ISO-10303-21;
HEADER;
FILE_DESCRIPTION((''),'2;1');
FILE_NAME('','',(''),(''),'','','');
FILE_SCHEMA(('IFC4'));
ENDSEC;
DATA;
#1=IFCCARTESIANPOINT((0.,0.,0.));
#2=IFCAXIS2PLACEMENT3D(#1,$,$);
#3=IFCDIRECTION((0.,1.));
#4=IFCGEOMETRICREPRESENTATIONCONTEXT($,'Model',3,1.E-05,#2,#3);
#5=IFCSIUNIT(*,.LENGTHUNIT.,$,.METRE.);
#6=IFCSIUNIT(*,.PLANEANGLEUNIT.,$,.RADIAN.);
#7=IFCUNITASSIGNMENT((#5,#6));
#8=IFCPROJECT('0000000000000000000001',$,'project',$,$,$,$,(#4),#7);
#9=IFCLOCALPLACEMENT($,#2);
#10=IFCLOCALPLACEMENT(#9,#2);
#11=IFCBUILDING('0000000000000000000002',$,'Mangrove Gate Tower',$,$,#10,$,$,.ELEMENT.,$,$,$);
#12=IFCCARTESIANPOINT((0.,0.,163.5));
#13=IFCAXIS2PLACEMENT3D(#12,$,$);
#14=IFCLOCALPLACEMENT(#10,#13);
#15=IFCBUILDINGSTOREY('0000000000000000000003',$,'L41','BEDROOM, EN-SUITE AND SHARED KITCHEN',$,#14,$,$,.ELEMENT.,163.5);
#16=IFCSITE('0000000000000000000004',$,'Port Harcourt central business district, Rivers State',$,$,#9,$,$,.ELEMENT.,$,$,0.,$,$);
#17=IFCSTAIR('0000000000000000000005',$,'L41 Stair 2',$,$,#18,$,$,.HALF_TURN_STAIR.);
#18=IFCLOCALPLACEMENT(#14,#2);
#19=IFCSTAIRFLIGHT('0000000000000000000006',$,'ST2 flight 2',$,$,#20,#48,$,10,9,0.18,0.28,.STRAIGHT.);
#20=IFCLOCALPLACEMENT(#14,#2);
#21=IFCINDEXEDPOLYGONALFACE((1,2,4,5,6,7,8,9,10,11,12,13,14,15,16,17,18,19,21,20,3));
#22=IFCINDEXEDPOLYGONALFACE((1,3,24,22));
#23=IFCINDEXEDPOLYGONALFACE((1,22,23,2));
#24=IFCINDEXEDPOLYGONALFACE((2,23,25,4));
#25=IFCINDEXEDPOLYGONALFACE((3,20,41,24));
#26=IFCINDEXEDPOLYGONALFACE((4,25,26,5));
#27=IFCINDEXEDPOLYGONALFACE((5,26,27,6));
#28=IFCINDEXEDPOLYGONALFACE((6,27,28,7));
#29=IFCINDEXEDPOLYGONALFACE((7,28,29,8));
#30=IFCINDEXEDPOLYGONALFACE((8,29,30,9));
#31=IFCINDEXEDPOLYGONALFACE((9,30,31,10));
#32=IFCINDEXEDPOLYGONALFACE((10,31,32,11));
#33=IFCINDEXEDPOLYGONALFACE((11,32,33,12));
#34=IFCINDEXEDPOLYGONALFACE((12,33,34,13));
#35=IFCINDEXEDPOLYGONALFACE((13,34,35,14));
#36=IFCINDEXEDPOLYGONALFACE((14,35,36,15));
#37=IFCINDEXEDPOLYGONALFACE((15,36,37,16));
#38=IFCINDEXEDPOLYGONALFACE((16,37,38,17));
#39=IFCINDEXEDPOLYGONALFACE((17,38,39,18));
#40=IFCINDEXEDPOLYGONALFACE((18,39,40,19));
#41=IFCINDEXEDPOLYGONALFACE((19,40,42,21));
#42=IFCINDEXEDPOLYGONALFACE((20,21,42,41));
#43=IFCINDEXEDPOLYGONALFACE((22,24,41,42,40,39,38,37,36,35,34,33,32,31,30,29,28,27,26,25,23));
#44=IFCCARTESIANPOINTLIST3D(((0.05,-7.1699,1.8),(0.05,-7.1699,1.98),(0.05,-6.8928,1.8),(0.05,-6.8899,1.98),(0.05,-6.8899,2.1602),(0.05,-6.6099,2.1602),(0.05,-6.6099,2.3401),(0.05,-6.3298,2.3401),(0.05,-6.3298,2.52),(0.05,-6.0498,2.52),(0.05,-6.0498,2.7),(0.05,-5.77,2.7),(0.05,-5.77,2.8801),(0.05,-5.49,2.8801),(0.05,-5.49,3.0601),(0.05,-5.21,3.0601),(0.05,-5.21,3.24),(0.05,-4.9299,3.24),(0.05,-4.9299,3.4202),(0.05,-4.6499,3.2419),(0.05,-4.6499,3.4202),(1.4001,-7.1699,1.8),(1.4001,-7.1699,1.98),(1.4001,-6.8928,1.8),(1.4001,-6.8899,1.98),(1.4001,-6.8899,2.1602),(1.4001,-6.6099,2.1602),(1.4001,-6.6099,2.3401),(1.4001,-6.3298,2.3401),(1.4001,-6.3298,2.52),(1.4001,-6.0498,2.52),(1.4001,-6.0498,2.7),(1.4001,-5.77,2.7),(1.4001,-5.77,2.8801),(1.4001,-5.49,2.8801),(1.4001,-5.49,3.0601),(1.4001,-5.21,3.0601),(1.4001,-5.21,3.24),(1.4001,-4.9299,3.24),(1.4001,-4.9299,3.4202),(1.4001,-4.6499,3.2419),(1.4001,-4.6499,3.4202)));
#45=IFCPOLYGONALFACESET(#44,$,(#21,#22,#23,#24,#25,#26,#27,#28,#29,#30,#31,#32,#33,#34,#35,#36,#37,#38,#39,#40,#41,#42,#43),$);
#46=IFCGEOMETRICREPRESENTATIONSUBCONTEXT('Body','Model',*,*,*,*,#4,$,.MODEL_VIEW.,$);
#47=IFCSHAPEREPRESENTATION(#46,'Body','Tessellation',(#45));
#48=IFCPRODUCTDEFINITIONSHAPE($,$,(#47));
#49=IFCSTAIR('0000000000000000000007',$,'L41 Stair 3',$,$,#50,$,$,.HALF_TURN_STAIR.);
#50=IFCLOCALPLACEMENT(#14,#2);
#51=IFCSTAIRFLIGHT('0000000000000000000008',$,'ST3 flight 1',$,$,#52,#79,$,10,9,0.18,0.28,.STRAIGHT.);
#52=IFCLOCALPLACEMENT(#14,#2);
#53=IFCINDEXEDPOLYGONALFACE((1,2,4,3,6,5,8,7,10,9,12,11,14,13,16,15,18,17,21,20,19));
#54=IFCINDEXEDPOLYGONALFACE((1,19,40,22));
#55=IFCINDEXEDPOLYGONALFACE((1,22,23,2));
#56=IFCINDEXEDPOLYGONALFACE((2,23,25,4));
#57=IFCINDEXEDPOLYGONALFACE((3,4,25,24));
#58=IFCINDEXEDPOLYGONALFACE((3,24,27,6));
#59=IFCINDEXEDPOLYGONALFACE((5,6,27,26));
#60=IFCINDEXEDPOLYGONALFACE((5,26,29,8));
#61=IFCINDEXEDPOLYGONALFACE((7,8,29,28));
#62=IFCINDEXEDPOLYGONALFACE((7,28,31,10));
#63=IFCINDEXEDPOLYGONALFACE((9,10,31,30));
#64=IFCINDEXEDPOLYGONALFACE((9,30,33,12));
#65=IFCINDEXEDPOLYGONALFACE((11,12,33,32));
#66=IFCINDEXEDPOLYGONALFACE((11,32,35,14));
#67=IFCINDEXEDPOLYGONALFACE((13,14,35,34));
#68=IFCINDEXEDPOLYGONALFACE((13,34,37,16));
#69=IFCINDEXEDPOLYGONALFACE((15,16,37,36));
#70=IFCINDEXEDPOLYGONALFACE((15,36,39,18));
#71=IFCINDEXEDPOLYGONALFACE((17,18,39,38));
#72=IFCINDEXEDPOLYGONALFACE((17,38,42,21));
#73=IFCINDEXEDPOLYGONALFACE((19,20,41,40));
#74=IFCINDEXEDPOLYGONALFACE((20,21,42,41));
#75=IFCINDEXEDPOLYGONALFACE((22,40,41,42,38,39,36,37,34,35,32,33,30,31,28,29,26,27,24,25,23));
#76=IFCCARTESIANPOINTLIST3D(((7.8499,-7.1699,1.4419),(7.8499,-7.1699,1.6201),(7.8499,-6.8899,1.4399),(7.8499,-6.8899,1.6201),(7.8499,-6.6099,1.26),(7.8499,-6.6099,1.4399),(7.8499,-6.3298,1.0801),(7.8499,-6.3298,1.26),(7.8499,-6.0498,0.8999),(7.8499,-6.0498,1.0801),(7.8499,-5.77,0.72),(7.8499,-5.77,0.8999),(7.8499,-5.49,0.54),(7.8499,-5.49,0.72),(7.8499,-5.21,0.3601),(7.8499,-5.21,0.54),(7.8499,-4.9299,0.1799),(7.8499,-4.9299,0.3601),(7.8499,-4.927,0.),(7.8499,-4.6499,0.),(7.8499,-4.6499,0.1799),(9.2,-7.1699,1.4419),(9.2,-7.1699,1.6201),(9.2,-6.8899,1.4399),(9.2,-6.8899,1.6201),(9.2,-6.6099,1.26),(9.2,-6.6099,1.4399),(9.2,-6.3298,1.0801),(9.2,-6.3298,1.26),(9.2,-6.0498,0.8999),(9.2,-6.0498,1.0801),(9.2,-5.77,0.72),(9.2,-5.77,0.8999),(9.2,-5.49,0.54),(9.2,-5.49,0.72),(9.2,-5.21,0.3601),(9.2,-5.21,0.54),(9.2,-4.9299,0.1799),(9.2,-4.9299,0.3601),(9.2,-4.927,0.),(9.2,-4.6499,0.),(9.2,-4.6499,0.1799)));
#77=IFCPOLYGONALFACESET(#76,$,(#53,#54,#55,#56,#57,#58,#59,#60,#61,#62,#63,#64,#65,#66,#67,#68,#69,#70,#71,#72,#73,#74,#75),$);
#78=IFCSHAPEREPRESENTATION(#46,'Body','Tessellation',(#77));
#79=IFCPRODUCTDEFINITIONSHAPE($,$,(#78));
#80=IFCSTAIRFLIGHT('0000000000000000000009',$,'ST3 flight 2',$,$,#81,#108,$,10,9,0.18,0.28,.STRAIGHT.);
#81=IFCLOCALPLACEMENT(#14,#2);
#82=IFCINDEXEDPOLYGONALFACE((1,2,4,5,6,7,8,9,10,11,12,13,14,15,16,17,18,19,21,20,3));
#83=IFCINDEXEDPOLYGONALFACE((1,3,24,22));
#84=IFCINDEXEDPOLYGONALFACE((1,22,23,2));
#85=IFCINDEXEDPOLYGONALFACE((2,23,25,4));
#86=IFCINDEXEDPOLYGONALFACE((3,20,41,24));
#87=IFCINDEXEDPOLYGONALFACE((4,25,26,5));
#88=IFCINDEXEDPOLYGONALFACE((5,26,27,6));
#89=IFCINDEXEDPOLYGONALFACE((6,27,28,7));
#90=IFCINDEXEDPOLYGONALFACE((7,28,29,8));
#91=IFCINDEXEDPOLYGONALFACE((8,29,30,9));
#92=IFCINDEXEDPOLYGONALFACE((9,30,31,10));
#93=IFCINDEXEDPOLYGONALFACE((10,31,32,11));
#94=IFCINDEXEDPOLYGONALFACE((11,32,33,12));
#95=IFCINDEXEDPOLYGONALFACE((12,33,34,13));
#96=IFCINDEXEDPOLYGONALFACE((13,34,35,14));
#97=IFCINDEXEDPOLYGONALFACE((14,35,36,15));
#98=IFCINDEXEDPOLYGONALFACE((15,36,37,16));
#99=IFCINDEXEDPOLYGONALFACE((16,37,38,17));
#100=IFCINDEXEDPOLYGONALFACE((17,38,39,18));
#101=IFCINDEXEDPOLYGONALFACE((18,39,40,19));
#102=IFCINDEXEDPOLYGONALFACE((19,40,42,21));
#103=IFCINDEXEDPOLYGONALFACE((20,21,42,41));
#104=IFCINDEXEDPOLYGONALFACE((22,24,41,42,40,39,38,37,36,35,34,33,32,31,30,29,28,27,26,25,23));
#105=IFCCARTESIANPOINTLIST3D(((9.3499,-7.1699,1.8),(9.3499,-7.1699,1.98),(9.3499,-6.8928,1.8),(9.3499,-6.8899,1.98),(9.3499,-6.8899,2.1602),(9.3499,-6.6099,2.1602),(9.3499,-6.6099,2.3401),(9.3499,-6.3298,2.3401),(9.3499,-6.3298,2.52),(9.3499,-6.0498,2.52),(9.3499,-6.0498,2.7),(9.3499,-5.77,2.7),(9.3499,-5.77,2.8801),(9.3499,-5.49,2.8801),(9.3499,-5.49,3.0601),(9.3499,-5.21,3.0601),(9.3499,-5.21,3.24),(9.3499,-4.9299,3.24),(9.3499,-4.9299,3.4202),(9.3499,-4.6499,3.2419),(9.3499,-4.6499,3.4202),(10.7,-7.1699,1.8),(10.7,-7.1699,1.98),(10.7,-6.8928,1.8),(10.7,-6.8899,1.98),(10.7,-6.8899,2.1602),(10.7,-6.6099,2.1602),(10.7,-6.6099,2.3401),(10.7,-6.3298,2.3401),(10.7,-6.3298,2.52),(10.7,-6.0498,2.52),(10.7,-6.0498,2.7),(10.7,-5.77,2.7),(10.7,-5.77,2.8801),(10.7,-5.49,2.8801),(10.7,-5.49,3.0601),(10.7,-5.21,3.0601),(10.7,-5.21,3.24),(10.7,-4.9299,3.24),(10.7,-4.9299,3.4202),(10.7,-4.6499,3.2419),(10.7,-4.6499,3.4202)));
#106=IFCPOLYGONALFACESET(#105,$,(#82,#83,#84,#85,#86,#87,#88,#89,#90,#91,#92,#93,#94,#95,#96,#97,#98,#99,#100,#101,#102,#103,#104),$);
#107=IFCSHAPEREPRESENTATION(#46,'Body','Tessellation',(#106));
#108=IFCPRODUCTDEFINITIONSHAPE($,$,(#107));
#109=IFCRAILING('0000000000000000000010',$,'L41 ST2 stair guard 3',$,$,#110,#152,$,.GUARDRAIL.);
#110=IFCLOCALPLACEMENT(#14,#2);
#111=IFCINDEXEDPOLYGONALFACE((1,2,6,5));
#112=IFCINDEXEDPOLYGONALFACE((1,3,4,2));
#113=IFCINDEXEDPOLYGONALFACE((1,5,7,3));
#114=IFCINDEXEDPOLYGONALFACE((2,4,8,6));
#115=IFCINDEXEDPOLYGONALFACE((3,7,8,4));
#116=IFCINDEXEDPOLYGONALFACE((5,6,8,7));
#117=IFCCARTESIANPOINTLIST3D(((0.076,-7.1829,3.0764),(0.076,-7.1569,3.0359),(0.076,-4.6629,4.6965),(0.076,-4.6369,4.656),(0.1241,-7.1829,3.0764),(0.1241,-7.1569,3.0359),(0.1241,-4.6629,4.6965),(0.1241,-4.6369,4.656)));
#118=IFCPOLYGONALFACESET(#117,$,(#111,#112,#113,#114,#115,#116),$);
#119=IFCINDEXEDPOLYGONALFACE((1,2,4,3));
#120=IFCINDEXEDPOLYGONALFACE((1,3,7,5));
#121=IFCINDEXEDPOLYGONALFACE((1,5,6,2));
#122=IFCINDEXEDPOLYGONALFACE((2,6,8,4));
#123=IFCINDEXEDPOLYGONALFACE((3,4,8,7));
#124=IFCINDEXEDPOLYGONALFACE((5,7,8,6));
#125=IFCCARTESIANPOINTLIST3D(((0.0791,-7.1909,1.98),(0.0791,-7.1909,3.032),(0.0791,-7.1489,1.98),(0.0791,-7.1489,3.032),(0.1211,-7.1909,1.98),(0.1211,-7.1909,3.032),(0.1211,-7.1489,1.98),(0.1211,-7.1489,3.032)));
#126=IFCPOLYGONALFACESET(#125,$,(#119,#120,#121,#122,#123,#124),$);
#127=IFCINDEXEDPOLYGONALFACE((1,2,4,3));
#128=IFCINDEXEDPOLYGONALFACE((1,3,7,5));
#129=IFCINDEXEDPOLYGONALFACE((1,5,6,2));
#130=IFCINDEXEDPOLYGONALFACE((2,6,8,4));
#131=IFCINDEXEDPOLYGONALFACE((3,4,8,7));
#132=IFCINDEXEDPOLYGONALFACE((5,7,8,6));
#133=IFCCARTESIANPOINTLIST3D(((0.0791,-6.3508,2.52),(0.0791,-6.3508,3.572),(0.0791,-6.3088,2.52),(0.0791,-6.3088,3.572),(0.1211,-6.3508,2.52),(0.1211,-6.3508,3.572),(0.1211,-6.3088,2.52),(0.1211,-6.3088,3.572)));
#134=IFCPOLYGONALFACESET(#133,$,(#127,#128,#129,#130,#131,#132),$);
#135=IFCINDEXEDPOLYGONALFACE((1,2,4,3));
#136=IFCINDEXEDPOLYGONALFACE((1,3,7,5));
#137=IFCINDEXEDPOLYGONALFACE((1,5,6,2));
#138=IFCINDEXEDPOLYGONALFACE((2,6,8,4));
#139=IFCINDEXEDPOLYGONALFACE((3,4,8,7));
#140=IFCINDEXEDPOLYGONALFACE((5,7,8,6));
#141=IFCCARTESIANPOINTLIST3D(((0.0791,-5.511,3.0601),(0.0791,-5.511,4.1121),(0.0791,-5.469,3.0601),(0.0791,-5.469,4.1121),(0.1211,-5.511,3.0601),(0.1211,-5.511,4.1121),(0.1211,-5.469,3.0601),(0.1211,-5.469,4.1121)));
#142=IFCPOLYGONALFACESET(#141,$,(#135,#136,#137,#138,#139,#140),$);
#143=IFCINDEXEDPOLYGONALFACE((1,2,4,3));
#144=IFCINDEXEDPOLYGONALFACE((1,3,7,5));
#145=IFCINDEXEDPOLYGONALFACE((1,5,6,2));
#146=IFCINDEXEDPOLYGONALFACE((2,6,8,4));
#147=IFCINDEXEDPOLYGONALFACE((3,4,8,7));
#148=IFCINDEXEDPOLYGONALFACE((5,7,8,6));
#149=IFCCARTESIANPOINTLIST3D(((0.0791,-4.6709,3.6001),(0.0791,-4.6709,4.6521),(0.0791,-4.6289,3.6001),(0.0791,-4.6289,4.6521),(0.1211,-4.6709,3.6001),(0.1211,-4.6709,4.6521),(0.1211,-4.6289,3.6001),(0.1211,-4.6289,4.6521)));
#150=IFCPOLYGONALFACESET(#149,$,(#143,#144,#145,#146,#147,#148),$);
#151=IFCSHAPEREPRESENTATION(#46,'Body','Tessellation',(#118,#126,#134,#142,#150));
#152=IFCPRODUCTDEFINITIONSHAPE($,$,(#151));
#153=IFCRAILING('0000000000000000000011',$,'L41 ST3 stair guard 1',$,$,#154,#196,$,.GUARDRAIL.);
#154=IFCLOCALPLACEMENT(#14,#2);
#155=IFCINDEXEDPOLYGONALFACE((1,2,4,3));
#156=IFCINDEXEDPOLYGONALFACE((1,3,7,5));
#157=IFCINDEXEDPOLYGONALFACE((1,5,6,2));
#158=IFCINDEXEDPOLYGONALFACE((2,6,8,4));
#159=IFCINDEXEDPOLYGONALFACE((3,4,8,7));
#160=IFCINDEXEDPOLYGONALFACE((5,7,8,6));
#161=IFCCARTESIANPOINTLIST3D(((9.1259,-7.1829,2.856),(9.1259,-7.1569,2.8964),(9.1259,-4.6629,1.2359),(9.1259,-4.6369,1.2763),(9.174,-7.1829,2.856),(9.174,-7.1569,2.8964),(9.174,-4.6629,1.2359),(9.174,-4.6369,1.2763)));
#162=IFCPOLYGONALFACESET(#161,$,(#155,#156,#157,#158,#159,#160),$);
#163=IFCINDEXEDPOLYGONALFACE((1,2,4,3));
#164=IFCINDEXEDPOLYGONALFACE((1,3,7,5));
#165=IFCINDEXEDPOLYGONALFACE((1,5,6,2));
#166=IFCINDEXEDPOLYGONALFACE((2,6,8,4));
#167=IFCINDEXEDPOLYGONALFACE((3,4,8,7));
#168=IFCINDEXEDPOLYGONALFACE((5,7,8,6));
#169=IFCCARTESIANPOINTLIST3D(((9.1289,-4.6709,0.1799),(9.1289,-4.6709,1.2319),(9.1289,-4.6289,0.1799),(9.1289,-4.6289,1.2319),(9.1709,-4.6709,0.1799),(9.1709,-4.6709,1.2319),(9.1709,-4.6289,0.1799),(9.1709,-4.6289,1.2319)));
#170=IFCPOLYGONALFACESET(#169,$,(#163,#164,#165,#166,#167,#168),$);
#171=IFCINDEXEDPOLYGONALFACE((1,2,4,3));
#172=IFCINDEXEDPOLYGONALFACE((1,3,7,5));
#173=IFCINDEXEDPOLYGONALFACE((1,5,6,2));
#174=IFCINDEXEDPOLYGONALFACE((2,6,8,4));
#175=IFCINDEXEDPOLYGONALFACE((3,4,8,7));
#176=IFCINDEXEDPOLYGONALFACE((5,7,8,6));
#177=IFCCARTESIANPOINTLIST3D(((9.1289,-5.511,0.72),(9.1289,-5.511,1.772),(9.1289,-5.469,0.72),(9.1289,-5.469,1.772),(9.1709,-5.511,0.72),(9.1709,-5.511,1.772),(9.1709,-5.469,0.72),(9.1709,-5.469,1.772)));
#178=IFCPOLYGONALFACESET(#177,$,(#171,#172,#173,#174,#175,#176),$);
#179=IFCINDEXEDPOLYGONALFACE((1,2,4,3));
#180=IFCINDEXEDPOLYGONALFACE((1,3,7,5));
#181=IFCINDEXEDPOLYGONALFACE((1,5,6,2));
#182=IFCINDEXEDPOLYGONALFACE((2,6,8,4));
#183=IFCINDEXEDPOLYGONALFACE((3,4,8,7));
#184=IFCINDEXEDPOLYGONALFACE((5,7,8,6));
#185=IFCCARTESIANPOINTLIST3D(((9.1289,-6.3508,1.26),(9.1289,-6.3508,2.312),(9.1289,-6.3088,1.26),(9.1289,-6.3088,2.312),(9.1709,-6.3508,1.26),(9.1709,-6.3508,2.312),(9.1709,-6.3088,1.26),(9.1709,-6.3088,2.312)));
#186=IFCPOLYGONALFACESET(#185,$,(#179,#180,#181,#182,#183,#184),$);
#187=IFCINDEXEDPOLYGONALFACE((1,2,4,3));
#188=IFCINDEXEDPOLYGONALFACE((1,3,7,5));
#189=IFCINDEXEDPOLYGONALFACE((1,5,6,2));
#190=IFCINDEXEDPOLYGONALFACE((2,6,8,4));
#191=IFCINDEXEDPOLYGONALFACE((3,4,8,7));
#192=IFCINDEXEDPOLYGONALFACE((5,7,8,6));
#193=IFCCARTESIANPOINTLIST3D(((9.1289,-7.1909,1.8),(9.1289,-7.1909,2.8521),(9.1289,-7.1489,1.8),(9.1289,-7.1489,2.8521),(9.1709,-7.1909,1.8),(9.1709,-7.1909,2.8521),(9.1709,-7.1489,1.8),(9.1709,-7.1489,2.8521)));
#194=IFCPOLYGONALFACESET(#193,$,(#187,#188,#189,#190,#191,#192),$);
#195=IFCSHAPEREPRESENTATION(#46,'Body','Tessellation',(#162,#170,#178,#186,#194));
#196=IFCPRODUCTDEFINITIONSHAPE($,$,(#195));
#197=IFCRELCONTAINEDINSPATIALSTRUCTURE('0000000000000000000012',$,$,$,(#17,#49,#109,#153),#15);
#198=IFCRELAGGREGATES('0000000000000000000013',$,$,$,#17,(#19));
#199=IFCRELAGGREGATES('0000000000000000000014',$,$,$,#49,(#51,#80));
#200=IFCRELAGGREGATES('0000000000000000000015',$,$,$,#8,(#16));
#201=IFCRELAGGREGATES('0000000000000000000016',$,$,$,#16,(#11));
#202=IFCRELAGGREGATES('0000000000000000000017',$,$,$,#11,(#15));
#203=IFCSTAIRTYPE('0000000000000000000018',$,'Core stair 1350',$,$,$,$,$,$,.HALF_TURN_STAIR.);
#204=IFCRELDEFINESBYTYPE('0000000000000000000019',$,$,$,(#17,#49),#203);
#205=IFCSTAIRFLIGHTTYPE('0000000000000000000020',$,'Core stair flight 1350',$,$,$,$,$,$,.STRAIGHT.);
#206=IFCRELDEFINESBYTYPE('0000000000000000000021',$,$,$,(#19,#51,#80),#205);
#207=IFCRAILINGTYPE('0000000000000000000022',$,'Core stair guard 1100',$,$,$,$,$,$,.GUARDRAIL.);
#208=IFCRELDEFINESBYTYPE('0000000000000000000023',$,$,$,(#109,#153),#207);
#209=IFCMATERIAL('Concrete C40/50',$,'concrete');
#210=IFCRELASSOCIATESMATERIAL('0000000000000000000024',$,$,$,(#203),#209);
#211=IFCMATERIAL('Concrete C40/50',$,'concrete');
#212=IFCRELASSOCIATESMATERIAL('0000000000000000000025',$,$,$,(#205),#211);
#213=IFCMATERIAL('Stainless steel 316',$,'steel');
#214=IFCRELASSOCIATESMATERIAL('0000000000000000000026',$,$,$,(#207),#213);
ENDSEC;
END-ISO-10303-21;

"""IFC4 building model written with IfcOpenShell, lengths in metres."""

from ifc_helpers import new_model, si_unit, direction, frame, origin, origin_2d, place, context, subcontext, project, spatial, polyline, rectangle, outline, extrude, material, type_object, element, aggregate, save


model = new_model("IFC4")

# Units and contexts
model_context = context("Model", 3, precision=1e-05, world=origin(), true_north=direction((0.0, 1.0)))
body_context = subcontext(model_context, "Body", "Model", "MODEL_VIEW")
ifc_project = project(units=[si_unit("LENGTHUNIT", "METRE"), si_unit("PLANEANGLEUNIT", "RADIAN")], contexts=[model_context])

# Site, building, storey
site_placement = place(None, origin())
site = spatial("IfcSite", under=ifc_project, at=site_placement, Name="Port Harcourt central business district, Rivers State", CompositionType="ELEMENT", RefElevation=0.0)
building_placement = place(site_placement, origin())
building = spatial("IfcBuilding", under=site, at=building_placement, Name="Mangrove Gate Tower", CompositionType="ELEMENT")
storey_placement = place(building_placement, frame((0.0, 0.0, 163.5)))
storey = spatial("IfcBuildingStorey", under=building, at=storey_placement, Name="L41", Description="BEDROOM, EN-SUITE AND SHARED KITCHEN", CompositionType="ELEMENT", Elevation=163.5)

# Stair, stair flight
ifc_material_1 = material(Name="Concrete C40/50", Category="concrete")
stair_type = type_object("IfcStairType", Name="Core stair 1350", PredefinedType="HALF_TURN_STAIR", material=ifc_material_1)
stair_1_placement = place(storey_placement, origin())
stair_1 = element("IfcStair", 1, at=stair_1_placement, inside=storey, type_object=stair_type, Name="L41 Stair 2", PredefinedType="HALF_TURN_STAIR")
ifc_material_2 = material(Name="Concrete C40/50", Category="concrete")
stair_flight_type = type_object("IfcStairFlightType", Name="Core stair flight 1350", PredefinedType="STRAIGHT", material=ifc_material_2)
stair_flight_1_placement = place(storey_placement, frame((0.7251, -7.1699, 1.8), z_axis=(0.0, 0.0, 1.0), x_axis=(0.0, 1.0, 0.0)))
stair_flight_1 = element("IfcStairFlight", 2, at=stair_flight_1_placement, type_object=stair_flight_type, Name="ST2 flight 2", NumberOfRisers=10, NumberOfTreads=9, PredefinedType="STRAIGHT", RiserHeight=0.18, TreadLength=0.28, context=body_context, shape_type="SweptSolid", body=[
    extrude(outline(polyline([(0.0, 0.0), (0.0, 0.1799), (0.28, 0.1799), (0.28, 0.3601), (0.5601, 0.3601), (0.5601, 0.54), (0.8401, 0.54), (0.8401, 0.72), (1.1201, 0.72), (1.1201, 0.8999), (1.3999, 0.8999), (1.3999, 1.0801), (1.6799, 1.0801), (1.6799, 1.26), (1.96, 1.26), (1.96, 1.4399), (2.24, 1.4399), (2.24, 1.6201), (2.52, 1.6201), (2.52, 1.8), (2.52, 1.4419), (0.2771, 0.0), (0.0, 0.0)])), frame((0.0, 0.675, 0.0), z_axis=(0.0, -1.0, 0.0), x_axis=(1.0, 0.0, 0.0)), (0.0, 0.0, 1.0), 1.3501),
])
aggregate(stair_1, [stair_flight_1])

# Stair, stair flights
stair_2_placement = place(storey_placement, origin())
stair_2 = element("IfcStair", 3, at=stair_2_placement, inside=storey, type_object=stair_type, Name="L41 Stair 3", PredefinedType="HALF_TURN_STAIR")
stair_flight_2_placement = place(storey_placement, frame((8.5249, -4.6499, 0.0), z_axis=(0.0, 0.0, 1.0), x_axis=(0.0, -1.0, 0.0)))
stair_flight_2 = element("IfcStairFlight", 4, at=stair_flight_2_placement, type_object=stair_flight_type, Name="ST3 flight 1", NumberOfRisers=10, NumberOfTreads=9, PredefinedType="STRAIGHT", RiserHeight=0.18, TreadLength=0.28, context=body_context, shape_type="SweptSolid", body=[
    extrude(outline(polyline([(0.0, 0.0), (0.0, 0.1799), (0.28, 0.1799), (0.28, 0.3601), (0.5601, 0.3601), (0.5601, 0.54), (0.8401, 0.54), (0.8401, 0.72), (1.1201, 0.72), (1.1201, 0.8999), (1.3999, 0.8999), (1.3999, 1.0801), (1.6799, 1.0801), (1.6799, 1.26), (1.96, 1.26), (1.96, 1.4399), (2.24, 1.4399), (2.24, 1.6201), (2.52, 1.6201), (2.52, 1.8), (2.52, 1.4419), (0.2771, 0.0), (0.0, 0.0)])), frame((0.0, 0.675, 0.0), z_axis=(0.0, -1.0, 0.0), x_axis=(1.0, 0.0, 0.0)), (0.0, 0.0, 1.0), 1.3501),
])
stair_flight_3_placement = place(storey_placement, frame((10.0249, -7.1699, 1.8), z_axis=(0.0, 0.0, 1.0), x_axis=(0.0, 1.0, 0.0)))
stair_flight_3 = element("IfcStairFlight", 5, at=stair_flight_3_placement, type_object=stair_flight_type, Name="ST3 flight 2", NumberOfRisers=10, NumberOfTreads=9, PredefinedType="STRAIGHT", RiserHeight=0.18, TreadLength=0.28, context=body_context, shape_type="SweptSolid", body=[
    extrude(outline(polyline([(0.0, 0.0), (0.0, 0.1799), (0.28, 0.1799), (0.28, 0.3601), (0.5601, 0.3601), (0.5601, 0.54), (0.8401, 0.54), (0.8401, 0.72), (1.1201, 0.72), (1.1201, 0.8999), (1.3999, 0.8999), (1.3999, 1.0801), (1.6799, 1.0801), (1.6799, 1.26), (1.96, 1.26), (1.96, 1.4399), (2.24, 1.4399), (2.24, 1.6201), (2.52, 1.6201), (2.52, 1.8), (2.52, 1.4419), (0.2771, 0.0), (0.0, 0.0)])), frame((0.0, 0.675, 0.0), z_axis=(0.0, -1.0, 0.0), x_axis=(1.0, 0.0, 0.0)), (0.0, 0.0, 1.0), 1.3501),
])
aggregate(stair_2, [stair_flight_2, stair_flight_3])

# Railings
ifc_material_3 = material(Name="Stainless steel 316", Category="steel")
railing_type_1 = type_object("IfcRailingType", Name="Core stair guard 1100", PredefinedType="GUARDRAIL", material=ifc_material_3)
railing_1_placement = place(storey_placement, frame((0.1001, -7.1699, 1.98)))
element("IfcRailing", 6, at=railing_1_placement, inside=storey, type_object=railing_type_1, Name="L41 ST2 stair guard 3", PredefinedType="GUARDRAIL", context=body_context, shape_type="SweptSolid", body=[
    extrude(rectangle(XDim=0.0481, YDim=0.0481, at=origin_2d()), frame((0.0, 0.0, 1.0762), z_axis=(0.0, 0.841163, 0.540782), x_axis=(-1.0, 0.0, 0.0)), (0.0, 0.0, 1.0), 2.9958),
    extrude(rectangle(XDim=0.042, YDim=0.042, at=origin_2d()), origin(), (0.0, 0.0, 1.0), 1.052),
    extrude(rectangle(XDim=0.042, YDim=0.042, at=origin_2d()), frame((0.0, 0.8401, 0.54)), (0.0, 0.0, 1.0), 1.052),
    extrude(rectangle(XDim=0.042, YDim=0.042, at=origin_2d()), frame((0.0, 1.6799, 1.0801)), (0.0, 0.0, 1.0), 1.052),
    extrude(rectangle(XDim=0.042, YDim=0.042, at=origin_2d()), frame((0.0, 2.52, 1.6201)), (0.0, 0.0, 1.0), 1.052),
])
railing_2_placement = place(storey_placement, frame((9.1499, -4.6499, 0.1799)))
element("IfcRailing", 7, at=railing_2_placement, inside=storey, type_object=railing_type_1, Name="L41 ST3 stair guard 1", PredefinedType="GUARDRAIL", context=body_context, shape_type="SweptSolid", body=[
    extrude(rectangle(XDim=0.0481, YDim=0.0481, at=origin_2d()), frame((0.0, 0.0, 1.0762), z_axis=(0.0, -0.841163, 0.540782), x_axis=(1.0, 0.0, 0.0)), (0.0, 0.0, 1.0), 2.9958),
    extrude(rectangle(XDim=0.042, YDim=0.042, at=origin_2d()), origin(), (0.0, 0.0, 1.0), 1.052),
    extrude(rectangle(XDim=0.042, YDim=0.042, at=origin_2d()), frame((0.0, -0.8401, 0.54)), (0.0, 0.0, 1.0), 1.052),
    extrude(rectangle(XDim=0.042, YDim=0.042, at=origin_2d()), frame((0.0, -1.6799, 1.0801)), (0.0, 0.0, 1.0), 1.052),
    extrude(rectangle(XDim=0.042, YDim=0.042, at=origin_2d()), frame((0.0, -2.52, 1.6201)), (0.0, 0.0, 1.0), 1.052),
])

save(model, "model.ifc")
